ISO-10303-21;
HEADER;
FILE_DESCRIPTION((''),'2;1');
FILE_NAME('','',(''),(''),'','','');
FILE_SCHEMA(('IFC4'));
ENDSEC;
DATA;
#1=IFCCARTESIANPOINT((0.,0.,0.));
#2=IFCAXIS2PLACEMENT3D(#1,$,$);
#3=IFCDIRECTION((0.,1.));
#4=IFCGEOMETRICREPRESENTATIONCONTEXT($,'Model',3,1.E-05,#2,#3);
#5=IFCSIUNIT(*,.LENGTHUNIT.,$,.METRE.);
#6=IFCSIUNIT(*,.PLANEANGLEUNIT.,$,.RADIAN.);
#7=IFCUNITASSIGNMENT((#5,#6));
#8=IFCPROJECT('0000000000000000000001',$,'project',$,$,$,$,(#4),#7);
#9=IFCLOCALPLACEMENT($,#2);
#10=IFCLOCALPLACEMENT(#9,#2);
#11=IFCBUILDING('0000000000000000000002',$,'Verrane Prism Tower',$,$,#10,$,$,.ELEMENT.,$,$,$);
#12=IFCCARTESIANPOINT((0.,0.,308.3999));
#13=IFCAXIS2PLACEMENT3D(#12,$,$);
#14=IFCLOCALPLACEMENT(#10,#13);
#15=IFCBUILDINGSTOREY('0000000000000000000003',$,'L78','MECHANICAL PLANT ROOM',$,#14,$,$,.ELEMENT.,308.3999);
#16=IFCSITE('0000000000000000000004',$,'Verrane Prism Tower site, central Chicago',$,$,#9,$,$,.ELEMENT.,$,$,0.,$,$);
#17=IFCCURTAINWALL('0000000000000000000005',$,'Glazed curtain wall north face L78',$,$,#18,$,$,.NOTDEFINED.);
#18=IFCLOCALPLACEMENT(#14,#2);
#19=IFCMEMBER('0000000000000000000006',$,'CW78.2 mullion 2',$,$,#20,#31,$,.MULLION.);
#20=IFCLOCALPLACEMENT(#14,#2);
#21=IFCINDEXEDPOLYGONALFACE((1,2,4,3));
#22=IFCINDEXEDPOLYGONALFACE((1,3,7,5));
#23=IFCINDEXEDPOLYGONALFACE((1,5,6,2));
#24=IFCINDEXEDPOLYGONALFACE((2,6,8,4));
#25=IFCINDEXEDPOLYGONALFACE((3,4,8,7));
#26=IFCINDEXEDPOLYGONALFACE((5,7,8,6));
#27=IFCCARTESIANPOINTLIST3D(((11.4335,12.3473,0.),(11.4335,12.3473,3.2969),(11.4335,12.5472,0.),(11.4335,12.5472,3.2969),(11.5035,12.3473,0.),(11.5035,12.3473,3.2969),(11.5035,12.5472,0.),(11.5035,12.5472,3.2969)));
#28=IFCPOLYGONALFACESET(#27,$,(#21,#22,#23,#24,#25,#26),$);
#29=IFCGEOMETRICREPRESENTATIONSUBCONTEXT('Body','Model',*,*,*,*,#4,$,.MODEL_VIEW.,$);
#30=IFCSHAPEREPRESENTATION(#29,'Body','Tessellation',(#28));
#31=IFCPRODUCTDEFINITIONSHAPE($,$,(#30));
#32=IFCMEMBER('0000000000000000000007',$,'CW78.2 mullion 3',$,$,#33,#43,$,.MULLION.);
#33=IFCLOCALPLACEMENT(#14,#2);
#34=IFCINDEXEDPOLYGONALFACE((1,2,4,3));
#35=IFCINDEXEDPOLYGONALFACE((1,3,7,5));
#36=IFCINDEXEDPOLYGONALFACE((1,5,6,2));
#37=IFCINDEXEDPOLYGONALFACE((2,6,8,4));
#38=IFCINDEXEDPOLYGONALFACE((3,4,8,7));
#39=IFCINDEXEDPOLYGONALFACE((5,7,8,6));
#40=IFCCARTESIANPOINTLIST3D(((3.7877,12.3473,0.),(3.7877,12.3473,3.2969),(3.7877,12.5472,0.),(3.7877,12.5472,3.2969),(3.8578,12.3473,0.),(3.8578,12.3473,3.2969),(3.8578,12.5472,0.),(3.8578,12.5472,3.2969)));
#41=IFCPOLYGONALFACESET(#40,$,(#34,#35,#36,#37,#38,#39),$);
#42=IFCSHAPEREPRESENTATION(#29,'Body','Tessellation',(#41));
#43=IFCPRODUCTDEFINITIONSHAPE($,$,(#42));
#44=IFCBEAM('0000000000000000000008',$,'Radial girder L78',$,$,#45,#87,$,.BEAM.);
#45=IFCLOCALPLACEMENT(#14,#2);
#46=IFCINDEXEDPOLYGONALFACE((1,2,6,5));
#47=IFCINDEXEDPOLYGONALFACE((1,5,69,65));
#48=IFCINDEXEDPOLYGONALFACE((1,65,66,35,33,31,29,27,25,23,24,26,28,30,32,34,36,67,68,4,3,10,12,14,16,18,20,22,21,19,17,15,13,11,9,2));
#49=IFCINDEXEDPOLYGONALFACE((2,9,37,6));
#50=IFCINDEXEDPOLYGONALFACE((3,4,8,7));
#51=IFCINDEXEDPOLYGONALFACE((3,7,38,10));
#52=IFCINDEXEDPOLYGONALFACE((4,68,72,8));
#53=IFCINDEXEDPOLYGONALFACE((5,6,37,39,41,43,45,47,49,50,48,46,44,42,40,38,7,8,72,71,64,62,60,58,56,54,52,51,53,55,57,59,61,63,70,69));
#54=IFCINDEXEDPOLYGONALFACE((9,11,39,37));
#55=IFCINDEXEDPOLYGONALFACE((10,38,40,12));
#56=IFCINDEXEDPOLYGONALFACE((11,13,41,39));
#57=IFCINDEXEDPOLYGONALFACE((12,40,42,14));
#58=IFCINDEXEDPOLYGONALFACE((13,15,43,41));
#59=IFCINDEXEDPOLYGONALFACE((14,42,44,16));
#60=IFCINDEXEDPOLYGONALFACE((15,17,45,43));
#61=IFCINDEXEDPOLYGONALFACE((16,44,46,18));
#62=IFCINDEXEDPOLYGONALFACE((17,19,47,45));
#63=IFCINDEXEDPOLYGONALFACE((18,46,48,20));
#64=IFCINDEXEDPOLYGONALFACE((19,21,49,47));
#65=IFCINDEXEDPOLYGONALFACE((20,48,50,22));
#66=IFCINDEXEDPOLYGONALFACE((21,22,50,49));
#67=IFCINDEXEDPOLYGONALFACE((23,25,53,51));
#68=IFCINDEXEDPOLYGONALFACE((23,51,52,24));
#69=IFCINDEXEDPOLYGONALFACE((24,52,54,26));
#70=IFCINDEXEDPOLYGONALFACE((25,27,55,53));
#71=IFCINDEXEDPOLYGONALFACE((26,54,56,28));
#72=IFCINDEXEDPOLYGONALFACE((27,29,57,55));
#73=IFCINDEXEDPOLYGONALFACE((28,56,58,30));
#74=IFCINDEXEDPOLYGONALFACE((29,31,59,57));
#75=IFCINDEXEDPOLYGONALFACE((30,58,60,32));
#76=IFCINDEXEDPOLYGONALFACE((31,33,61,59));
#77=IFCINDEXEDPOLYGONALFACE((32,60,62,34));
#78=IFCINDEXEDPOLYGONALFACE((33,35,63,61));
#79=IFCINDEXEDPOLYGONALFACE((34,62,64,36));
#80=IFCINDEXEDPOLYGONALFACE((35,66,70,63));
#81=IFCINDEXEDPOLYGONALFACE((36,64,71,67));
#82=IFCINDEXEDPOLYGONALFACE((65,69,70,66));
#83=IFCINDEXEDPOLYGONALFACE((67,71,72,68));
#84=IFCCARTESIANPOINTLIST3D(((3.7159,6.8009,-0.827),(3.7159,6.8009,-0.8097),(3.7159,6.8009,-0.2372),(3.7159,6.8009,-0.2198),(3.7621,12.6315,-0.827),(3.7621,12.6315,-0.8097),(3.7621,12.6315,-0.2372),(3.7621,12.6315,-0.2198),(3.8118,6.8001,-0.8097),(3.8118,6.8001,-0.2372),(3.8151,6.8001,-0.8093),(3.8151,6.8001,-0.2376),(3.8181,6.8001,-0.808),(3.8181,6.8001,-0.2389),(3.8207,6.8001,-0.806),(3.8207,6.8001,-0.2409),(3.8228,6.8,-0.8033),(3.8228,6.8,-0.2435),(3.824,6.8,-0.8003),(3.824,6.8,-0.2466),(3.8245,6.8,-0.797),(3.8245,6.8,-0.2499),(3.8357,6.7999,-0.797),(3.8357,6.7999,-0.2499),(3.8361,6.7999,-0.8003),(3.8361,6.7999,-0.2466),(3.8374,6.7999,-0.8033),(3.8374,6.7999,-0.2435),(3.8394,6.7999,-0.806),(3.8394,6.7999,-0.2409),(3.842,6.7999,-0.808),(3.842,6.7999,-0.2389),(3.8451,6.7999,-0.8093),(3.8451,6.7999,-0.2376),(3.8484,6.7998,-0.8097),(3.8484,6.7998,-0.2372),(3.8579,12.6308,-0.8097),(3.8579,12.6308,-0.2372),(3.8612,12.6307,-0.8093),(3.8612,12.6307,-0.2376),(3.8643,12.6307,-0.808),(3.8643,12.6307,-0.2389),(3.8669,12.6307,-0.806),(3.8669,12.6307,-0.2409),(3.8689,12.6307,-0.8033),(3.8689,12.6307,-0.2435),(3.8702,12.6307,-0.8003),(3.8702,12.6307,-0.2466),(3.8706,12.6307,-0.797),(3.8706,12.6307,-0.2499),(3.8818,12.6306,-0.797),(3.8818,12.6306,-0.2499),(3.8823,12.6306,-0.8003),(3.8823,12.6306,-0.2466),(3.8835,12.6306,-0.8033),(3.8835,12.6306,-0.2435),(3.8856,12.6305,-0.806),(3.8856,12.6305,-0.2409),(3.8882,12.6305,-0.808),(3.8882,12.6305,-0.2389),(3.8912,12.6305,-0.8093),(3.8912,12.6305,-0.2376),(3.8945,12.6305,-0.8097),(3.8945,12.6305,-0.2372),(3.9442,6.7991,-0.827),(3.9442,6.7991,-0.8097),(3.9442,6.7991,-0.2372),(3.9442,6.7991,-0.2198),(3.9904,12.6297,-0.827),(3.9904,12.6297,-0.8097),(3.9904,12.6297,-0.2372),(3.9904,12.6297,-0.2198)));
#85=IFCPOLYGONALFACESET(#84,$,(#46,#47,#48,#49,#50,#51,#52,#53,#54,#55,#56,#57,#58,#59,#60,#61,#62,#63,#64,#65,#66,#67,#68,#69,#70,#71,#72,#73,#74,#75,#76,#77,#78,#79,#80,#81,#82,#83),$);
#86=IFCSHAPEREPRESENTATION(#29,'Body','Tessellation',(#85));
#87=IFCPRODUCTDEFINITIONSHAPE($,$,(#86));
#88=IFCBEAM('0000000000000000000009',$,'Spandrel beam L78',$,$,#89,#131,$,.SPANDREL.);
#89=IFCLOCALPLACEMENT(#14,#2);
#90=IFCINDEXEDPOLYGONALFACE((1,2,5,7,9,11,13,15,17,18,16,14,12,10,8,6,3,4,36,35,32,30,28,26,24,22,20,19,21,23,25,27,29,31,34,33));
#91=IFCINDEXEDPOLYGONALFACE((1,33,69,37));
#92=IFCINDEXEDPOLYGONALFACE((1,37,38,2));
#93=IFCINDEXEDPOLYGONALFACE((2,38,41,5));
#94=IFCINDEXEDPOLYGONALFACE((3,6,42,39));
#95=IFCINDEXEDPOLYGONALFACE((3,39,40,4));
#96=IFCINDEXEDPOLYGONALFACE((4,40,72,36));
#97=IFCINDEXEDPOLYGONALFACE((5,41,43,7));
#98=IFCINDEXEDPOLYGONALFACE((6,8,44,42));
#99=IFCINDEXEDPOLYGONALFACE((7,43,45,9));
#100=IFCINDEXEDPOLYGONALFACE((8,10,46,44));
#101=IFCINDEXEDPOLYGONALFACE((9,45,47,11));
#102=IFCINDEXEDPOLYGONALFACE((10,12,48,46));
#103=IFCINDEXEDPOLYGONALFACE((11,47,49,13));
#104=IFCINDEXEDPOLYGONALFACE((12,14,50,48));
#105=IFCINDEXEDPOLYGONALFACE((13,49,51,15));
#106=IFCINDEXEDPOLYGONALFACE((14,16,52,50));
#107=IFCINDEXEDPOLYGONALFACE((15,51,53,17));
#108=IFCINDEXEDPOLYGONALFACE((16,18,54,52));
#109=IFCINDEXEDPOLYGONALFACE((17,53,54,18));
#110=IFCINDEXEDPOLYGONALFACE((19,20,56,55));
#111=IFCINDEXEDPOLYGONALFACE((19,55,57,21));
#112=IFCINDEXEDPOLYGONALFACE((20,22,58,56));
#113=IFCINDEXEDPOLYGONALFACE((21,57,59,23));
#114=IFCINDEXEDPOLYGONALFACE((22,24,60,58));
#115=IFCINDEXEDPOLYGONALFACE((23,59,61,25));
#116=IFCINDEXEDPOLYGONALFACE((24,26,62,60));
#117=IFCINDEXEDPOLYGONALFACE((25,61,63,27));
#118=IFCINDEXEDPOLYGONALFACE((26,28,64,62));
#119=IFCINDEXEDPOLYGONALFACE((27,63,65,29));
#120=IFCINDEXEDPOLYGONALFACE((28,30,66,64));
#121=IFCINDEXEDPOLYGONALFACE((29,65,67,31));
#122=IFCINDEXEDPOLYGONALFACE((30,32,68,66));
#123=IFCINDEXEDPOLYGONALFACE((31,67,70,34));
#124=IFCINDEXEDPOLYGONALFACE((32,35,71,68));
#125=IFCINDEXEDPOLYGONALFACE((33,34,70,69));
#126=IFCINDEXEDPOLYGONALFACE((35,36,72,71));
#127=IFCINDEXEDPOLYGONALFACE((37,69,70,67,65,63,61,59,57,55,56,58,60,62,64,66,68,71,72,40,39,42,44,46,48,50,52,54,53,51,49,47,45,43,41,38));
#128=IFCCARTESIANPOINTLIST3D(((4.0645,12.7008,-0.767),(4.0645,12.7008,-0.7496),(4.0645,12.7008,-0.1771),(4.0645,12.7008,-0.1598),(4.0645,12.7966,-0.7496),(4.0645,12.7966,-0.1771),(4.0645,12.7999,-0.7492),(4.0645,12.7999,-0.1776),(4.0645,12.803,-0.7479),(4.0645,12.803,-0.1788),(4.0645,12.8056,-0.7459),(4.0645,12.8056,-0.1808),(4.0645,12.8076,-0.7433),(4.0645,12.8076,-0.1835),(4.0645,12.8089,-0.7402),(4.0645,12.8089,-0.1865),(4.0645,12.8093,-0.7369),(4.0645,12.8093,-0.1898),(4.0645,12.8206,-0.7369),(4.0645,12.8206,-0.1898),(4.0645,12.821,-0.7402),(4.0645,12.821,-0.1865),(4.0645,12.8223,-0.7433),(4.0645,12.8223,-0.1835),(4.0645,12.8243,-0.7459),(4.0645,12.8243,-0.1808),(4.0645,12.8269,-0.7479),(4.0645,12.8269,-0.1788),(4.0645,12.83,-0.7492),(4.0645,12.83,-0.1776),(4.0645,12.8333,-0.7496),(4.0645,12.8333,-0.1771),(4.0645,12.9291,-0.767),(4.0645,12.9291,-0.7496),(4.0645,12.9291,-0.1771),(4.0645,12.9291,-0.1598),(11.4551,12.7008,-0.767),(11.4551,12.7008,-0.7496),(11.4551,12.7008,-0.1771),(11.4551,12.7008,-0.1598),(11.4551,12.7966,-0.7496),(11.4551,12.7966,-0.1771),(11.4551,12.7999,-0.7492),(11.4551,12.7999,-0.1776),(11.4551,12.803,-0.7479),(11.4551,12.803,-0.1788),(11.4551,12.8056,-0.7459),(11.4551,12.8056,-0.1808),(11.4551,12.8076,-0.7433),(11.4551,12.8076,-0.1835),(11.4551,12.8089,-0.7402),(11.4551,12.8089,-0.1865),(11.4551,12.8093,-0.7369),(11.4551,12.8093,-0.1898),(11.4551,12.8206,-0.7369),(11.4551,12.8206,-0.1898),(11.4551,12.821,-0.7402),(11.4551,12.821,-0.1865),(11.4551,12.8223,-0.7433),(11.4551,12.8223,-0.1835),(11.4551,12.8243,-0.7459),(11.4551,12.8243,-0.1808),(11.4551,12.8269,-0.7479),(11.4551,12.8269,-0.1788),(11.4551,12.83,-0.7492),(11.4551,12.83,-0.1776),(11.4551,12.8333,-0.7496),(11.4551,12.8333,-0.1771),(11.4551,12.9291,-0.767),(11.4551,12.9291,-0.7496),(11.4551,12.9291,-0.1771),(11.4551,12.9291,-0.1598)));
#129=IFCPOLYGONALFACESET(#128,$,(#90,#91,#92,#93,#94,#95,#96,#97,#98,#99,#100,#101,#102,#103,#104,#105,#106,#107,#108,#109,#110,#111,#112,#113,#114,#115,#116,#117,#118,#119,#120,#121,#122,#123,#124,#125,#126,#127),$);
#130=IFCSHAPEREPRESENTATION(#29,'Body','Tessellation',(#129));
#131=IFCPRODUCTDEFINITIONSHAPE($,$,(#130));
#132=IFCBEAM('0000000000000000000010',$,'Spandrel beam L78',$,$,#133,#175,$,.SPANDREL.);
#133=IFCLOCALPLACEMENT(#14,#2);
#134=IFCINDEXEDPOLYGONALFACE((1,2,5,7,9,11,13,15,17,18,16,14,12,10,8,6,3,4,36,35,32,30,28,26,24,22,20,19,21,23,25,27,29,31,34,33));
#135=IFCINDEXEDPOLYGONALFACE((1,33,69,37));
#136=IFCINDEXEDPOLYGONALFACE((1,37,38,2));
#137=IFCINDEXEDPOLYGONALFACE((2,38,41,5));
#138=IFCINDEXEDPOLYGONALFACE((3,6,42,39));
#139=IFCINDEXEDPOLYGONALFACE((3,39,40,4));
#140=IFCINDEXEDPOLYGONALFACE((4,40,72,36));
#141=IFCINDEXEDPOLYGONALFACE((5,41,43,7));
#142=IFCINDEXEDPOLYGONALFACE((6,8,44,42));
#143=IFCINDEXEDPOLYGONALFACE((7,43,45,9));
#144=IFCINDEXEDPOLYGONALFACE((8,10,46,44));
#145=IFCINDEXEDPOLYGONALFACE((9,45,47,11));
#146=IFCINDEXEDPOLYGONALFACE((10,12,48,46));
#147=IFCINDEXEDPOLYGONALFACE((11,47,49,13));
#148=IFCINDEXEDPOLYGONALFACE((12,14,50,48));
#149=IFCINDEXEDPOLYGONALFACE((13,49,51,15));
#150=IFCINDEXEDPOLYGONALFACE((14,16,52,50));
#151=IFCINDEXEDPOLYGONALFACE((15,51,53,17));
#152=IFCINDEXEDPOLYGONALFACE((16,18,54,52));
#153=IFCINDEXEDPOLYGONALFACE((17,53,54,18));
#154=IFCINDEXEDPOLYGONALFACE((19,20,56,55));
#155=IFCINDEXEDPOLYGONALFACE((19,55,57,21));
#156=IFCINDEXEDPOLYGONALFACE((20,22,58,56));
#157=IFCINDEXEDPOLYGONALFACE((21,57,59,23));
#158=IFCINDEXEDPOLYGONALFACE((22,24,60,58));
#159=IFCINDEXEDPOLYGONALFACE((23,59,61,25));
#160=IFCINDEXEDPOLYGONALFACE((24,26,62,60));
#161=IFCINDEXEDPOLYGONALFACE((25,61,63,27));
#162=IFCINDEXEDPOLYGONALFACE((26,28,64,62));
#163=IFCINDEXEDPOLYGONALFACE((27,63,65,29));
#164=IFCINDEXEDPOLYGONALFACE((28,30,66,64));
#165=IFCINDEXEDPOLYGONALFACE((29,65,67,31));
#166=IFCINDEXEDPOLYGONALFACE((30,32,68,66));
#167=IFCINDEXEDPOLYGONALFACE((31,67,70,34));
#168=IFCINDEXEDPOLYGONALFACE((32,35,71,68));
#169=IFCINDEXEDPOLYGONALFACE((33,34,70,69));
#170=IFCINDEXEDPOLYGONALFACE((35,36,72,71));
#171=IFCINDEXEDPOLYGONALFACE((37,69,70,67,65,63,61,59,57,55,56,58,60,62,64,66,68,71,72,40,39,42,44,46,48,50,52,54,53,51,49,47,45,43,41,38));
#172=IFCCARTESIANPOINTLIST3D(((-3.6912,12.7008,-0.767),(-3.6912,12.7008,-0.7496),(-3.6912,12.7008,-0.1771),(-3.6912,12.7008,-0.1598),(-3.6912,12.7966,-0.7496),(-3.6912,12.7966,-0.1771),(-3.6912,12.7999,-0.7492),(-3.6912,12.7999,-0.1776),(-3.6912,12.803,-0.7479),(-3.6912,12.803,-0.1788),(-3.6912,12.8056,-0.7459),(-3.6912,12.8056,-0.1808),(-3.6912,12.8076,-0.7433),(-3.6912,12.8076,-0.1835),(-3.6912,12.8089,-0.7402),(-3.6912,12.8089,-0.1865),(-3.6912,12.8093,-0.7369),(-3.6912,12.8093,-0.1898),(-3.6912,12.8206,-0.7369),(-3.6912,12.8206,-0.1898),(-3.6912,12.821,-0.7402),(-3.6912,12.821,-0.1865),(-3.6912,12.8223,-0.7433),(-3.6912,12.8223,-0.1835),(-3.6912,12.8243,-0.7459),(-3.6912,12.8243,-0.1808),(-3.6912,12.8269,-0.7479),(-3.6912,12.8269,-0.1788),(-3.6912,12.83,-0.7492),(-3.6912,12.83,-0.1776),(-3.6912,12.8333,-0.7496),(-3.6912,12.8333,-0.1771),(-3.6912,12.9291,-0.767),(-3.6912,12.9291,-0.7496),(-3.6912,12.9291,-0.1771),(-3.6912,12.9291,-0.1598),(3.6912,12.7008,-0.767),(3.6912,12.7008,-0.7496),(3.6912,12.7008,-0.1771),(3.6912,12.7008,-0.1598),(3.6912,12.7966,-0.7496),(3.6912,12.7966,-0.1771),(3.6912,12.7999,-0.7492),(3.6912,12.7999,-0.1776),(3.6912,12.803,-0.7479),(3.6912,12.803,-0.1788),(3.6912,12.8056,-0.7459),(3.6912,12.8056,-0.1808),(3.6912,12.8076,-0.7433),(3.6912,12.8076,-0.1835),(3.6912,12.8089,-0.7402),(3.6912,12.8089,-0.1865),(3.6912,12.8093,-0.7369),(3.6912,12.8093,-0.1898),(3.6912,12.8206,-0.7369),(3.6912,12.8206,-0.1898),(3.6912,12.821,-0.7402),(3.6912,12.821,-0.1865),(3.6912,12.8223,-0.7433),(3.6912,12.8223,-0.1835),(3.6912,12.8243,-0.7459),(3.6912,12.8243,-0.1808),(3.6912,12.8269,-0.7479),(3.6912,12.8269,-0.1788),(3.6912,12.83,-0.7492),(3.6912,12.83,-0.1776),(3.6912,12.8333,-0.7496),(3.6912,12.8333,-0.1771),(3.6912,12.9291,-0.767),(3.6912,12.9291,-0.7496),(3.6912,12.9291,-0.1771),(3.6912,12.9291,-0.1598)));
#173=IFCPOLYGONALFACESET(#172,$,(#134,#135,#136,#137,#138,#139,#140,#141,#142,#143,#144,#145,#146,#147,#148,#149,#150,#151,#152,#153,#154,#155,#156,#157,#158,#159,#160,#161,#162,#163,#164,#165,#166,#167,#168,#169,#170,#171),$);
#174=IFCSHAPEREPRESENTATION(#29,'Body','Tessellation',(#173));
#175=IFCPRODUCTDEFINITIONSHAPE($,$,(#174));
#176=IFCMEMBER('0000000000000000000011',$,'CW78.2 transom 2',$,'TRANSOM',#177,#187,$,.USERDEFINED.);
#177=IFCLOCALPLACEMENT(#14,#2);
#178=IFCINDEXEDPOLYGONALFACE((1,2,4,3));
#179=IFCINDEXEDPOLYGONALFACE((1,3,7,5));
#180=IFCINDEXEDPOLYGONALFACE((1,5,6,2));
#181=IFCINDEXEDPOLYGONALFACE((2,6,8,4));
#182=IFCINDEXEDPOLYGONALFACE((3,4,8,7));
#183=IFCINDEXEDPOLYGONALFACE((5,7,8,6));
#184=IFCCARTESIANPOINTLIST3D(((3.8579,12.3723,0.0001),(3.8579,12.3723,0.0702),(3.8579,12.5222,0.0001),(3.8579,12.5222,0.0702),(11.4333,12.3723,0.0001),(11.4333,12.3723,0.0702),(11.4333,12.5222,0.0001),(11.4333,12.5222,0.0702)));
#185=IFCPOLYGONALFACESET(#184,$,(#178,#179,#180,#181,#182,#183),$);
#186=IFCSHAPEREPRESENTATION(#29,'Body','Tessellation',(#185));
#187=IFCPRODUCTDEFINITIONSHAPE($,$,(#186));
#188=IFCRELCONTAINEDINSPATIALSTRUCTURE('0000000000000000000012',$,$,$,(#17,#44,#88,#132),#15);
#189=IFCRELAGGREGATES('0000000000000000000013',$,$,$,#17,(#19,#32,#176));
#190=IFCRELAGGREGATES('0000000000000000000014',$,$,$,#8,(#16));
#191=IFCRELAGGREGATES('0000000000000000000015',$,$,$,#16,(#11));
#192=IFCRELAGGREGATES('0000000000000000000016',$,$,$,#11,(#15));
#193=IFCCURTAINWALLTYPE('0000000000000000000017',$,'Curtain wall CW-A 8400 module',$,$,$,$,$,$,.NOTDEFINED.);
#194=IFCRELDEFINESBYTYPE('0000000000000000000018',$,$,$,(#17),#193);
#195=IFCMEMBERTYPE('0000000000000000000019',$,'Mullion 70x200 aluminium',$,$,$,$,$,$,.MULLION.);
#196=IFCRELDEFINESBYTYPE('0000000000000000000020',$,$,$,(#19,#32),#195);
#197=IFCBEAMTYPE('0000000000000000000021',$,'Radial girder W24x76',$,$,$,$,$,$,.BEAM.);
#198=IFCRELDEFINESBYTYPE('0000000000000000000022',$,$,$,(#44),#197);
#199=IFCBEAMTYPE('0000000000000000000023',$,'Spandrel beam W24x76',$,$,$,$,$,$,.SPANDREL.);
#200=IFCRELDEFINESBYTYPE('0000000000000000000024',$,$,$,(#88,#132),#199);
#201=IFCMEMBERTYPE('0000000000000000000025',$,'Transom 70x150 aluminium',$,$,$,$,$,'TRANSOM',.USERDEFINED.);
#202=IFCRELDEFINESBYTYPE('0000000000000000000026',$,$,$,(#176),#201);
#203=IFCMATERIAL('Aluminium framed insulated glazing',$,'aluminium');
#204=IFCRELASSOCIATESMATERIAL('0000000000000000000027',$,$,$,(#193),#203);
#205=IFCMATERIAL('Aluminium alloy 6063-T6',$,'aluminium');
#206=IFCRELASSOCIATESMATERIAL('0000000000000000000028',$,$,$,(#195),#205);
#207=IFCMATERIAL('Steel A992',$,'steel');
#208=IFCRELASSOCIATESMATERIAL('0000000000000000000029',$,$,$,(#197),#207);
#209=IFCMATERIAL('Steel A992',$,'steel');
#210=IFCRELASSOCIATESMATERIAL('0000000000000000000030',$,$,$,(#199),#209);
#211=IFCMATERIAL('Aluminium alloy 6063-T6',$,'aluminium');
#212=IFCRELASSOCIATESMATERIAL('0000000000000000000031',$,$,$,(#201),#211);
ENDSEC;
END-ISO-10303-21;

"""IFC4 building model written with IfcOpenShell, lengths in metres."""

from ifc_helpers import new_model, si_unit, direction, frame, origin, origin_2d, place, context, subcontext, project, spatial, rectangle, i_section, extrude, material, material_profile, profile_set, type_object, element, aggregate, save


model = new_model("IFC4")

# Units and contexts
model_context = context("Model", 3, precision=1e-05, world=origin(), true_north=direction((0.0, 1.0)))
body_context = subcontext(model_context, "Body", "Model", "MODEL_VIEW")
ifc_project = project(units=[si_unit("LENGTHUNIT", "METRE"), si_unit("PLANEANGLEUNIT", "RADIAN")], contexts=[model_context])

# Site, building, storey
site_placement = place(None, origin())
site = spatial("IfcSite", under=ifc_project, at=site_placement, Name="Verrane Prism Tower site, central Chicago", CompositionType="ELEMENT", RefElevation=0.0)
building_placement = place(site_placement, origin())
building = spatial("IfcBuilding", under=site, at=building_placement, Name="Verrane Prism Tower", CompositionType="ELEMENT")
storey_placement = place(building_placement, frame((0.0, 0.0, 308.3999)))
storey = spatial("IfcBuildingStorey", under=building, at=storey_placement, Name="L78", Description="MECHANICAL PLANT ROOM", CompositionType="ELEMENT", Elevation=308.3999)

# Curtain wall, members
ifc_material_1 = material(Name="Aluminium framed insulated glazing", Category="aluminium")
curtain_wall_type = type_object("IfcCurtainWallType", Name="Curtain wall CW-A 8400 module", PredefinedType="NOTDEFINED", material=ifc_material_1)
curtain_wall_placement = place(storey_placement, origin())
curtain_wall = element("IfcCurtainWall", 1, at=curtain_wall_placement, inside=storey, type_object=curtain_wall_type, Name="Glazed curtain wall north face L78", PredefinedType="NOTDEFINED")
ifc_material_2 = material(Name="Aluminium alloy 6063-T6", Category="aluminium")
ifc_material_profile_1 = material_profile(ifc_material_2, rectangle(XDim=0.2, YDim=0.0701, at=origin_2d()), Name="Mullion 70x200 aluminium")
ifc_profile_set_1 = profile_set([ifc_material_profile_1], Name="Aluminium alloy 6063-T6")
member_type_1 = type_object("IfcMemberType", Name="Mullion 70x200 aluminium", PredefinedType="MULLION", material=ifc_profile_set_1)
member_1_placement = place(storey_placement, frame((11.4685, 12.4473, 0.0), z_axis=(0.0, 0.0, 1.0), x_axis=(0.0, -1.0, 0.0)))
member_1 = element("IfcMember", 2, at=member_1_placement, type_object=member_type_1, Name="CW78.2 mullion 2", PredefinedType="MULLION", context=body_context, shape_type="SweptSolid", body=[
    extrude(rectangle(XDim=0.2, YDim=0.0701, at=origin_2d()), origin(), (0.0, 0.0, 1.0), 3.2969),
])
member_2_placement = place(storey_placement, frame((3.8228, 12.4473, 0.0), z_axis=(0.0, 0.0, 1.0), x_axis=(0.0, -1.0, 0.0)))
member_2 = element("IfcMember", 3, at=member_2_placement, type_object=member_type_1, Name="CW78.2 mullion 3", PredefinedType="MULLION", context=body_context, shape_type="SweptSolid", body=[
    extrude(rectangle(XDim=0.2, YDim=0.0701, at=origin_2d()), origin(), (0.0, 0.0, 1.0), 3.2969),
])

# Beams
ifc_material_3 = material(Name="Steel A992", Category="steel")
ifc_material_profile_2 = material_profile(ifc_material_3, i_section(OverallWidth=0.2283, OverallDepth=0.6072, WebThickness=0.0112, FlangeThickness=0.0173, FilletRadius=0.0127, at=origin_2d()), Name="W24x76")
ifc_profile_set_2 = profile_set([ifc_material_profile_2], Name="Steel A992")
beam_type_1 = type_object("IfcBeamType", Name="Radial girder W24x76", PredefinedType="BEAM", material=ifc_profile_set_2)
beam_1_placement = place(storey_placement, frame((3.8762, 12.6306, -0.5234), z_axis=(-0.007914, -0.999969, 0.0), x_axis=(0.999969, -0.007914, 0.0)))
element("IfcBeam", 4, at=beam_1_placement, inside=storey, type_object=beam_type_1, Name="Radial girder L78", PredefinedType="BEAM", context=body_context, shape_type="SweptSolid", body=[
    extrude(i_section(OverallWidth=0.2283, OverallDepth=0.6072, WebThickness=0.0112, FlangeThickness=0.0173, FilletRadius=0.0127, at=origin_2d()), origin(), (0.0, 0.0, 1.0), 5.8308),
])
ifc_material_4 = material(Name="Steel A992", Category="steel")
ifc_material_profile_3 = material_profile(ifc_material_4, i_section(OverallWidth=0.2283, OverallDepth=0.6072, WebThickness=0.0112, FlangeThickness=0.0173, FilletRadius=0.0127, at=origin_2d()), Name="W24x76")
ifc_profile_set_3 = profile_set([ifc_material_profile_3], Name="Steel A992")
beam_type_2 = type_object("IfcBeamType", Name="Spandrel beam W24x76", PredefinedType="SPANDREL", material=ifc_profile_set_3)
beam_2_placement = place(storey_placement, frame((11.4551, 12.8149, -0.4634), z_axis=(-1.0, 0.0, 0.0), x_axis=(0.0, -1.0, 0.0)))
element("IfcBeam", 5, at=beam_2_placement, inside=storey, type_object=beam_type_2, Name="Spandrel beam L78", PredefinedType="SPANDREL", context=body_context, shape_type="SweptSolid", body=[
    extrude(i_section(OverallWidth=0.2283, OverallDepth=0.6072, WebThickness=0.0112, FlangeThickness=0.0173, FilletRadius=0.0127, at=origin_2d()), origin(), (0.0, 0.0, 1.0), 7.3906),
])
beam_3_placement = place(storey_placement, frame((3.6912, 12.8149, -0.4634), z_axis=(-1.0, 0.0, 0.0), x_axis=(0.0, -1.0, 0.0)))
element("IfcBeam", 6, at=beam_3_placement, inside=storey, type_object=beam_type_2, Name="Spandrel beam L78", PredefinedType="SPANDREL", context=body_context, shape_type="SweptSolid", body=[
    extrude(i_section(OverallWidth=0.2283, OverallDepth=0.6072, WebThickness=0.0112, FlangeThickness=0.0173, FilletRadius=0.0127, at=origin_2d()), origin(), (0.0, 0.0, 1.0), 7.3823),
])

# Member
ifc_material_5 = material(Name="Aluminium alloy 6063-T6", Category="aluminium")
ifc_material_profile_4 = material_profile(ifc_material_5, rectangle(XDim=0.1499, YDim=0.0701, at=origin_2d()), Name="Transom 70x150 aluminium")
ifc_profile_set_4 = profile_set([ifc_material_profile_4], Name="Aluminium alloy 6063-T6")
member_type_2 = type_object("IfcMemberType", Name="Transom 70x150 aluminium", ElementType="TRANSOM", PredefinedType="USERDEFINED", material=ifc_profile_set_4)
member_3_placement = place(storey_placement, frame((11.4333, 12.4473, 0.0352), z_axis=(-1.0, 0.0, 0.0), x_axis=(0.0, -1.0, 0.0)))
member_3 = element("IfcMember", 7, at=member_3_placement, type_object=member_type_2, Name="CW78.2 transom 2", ObjectType="TRANSOM", PredefinedType="USERDEFINED", context=body_context, shape_type="SweptSolid", body=[
    extrude(rectangle(XDim=0.1499, YDim=0.0701, at=origin_2d()), origin(), (0.0, 0.0, 1.0), 7.5754),
])

aggregate(curtain_wall, [member_1, member_2, member_3])

save(model, "model.ifc")
